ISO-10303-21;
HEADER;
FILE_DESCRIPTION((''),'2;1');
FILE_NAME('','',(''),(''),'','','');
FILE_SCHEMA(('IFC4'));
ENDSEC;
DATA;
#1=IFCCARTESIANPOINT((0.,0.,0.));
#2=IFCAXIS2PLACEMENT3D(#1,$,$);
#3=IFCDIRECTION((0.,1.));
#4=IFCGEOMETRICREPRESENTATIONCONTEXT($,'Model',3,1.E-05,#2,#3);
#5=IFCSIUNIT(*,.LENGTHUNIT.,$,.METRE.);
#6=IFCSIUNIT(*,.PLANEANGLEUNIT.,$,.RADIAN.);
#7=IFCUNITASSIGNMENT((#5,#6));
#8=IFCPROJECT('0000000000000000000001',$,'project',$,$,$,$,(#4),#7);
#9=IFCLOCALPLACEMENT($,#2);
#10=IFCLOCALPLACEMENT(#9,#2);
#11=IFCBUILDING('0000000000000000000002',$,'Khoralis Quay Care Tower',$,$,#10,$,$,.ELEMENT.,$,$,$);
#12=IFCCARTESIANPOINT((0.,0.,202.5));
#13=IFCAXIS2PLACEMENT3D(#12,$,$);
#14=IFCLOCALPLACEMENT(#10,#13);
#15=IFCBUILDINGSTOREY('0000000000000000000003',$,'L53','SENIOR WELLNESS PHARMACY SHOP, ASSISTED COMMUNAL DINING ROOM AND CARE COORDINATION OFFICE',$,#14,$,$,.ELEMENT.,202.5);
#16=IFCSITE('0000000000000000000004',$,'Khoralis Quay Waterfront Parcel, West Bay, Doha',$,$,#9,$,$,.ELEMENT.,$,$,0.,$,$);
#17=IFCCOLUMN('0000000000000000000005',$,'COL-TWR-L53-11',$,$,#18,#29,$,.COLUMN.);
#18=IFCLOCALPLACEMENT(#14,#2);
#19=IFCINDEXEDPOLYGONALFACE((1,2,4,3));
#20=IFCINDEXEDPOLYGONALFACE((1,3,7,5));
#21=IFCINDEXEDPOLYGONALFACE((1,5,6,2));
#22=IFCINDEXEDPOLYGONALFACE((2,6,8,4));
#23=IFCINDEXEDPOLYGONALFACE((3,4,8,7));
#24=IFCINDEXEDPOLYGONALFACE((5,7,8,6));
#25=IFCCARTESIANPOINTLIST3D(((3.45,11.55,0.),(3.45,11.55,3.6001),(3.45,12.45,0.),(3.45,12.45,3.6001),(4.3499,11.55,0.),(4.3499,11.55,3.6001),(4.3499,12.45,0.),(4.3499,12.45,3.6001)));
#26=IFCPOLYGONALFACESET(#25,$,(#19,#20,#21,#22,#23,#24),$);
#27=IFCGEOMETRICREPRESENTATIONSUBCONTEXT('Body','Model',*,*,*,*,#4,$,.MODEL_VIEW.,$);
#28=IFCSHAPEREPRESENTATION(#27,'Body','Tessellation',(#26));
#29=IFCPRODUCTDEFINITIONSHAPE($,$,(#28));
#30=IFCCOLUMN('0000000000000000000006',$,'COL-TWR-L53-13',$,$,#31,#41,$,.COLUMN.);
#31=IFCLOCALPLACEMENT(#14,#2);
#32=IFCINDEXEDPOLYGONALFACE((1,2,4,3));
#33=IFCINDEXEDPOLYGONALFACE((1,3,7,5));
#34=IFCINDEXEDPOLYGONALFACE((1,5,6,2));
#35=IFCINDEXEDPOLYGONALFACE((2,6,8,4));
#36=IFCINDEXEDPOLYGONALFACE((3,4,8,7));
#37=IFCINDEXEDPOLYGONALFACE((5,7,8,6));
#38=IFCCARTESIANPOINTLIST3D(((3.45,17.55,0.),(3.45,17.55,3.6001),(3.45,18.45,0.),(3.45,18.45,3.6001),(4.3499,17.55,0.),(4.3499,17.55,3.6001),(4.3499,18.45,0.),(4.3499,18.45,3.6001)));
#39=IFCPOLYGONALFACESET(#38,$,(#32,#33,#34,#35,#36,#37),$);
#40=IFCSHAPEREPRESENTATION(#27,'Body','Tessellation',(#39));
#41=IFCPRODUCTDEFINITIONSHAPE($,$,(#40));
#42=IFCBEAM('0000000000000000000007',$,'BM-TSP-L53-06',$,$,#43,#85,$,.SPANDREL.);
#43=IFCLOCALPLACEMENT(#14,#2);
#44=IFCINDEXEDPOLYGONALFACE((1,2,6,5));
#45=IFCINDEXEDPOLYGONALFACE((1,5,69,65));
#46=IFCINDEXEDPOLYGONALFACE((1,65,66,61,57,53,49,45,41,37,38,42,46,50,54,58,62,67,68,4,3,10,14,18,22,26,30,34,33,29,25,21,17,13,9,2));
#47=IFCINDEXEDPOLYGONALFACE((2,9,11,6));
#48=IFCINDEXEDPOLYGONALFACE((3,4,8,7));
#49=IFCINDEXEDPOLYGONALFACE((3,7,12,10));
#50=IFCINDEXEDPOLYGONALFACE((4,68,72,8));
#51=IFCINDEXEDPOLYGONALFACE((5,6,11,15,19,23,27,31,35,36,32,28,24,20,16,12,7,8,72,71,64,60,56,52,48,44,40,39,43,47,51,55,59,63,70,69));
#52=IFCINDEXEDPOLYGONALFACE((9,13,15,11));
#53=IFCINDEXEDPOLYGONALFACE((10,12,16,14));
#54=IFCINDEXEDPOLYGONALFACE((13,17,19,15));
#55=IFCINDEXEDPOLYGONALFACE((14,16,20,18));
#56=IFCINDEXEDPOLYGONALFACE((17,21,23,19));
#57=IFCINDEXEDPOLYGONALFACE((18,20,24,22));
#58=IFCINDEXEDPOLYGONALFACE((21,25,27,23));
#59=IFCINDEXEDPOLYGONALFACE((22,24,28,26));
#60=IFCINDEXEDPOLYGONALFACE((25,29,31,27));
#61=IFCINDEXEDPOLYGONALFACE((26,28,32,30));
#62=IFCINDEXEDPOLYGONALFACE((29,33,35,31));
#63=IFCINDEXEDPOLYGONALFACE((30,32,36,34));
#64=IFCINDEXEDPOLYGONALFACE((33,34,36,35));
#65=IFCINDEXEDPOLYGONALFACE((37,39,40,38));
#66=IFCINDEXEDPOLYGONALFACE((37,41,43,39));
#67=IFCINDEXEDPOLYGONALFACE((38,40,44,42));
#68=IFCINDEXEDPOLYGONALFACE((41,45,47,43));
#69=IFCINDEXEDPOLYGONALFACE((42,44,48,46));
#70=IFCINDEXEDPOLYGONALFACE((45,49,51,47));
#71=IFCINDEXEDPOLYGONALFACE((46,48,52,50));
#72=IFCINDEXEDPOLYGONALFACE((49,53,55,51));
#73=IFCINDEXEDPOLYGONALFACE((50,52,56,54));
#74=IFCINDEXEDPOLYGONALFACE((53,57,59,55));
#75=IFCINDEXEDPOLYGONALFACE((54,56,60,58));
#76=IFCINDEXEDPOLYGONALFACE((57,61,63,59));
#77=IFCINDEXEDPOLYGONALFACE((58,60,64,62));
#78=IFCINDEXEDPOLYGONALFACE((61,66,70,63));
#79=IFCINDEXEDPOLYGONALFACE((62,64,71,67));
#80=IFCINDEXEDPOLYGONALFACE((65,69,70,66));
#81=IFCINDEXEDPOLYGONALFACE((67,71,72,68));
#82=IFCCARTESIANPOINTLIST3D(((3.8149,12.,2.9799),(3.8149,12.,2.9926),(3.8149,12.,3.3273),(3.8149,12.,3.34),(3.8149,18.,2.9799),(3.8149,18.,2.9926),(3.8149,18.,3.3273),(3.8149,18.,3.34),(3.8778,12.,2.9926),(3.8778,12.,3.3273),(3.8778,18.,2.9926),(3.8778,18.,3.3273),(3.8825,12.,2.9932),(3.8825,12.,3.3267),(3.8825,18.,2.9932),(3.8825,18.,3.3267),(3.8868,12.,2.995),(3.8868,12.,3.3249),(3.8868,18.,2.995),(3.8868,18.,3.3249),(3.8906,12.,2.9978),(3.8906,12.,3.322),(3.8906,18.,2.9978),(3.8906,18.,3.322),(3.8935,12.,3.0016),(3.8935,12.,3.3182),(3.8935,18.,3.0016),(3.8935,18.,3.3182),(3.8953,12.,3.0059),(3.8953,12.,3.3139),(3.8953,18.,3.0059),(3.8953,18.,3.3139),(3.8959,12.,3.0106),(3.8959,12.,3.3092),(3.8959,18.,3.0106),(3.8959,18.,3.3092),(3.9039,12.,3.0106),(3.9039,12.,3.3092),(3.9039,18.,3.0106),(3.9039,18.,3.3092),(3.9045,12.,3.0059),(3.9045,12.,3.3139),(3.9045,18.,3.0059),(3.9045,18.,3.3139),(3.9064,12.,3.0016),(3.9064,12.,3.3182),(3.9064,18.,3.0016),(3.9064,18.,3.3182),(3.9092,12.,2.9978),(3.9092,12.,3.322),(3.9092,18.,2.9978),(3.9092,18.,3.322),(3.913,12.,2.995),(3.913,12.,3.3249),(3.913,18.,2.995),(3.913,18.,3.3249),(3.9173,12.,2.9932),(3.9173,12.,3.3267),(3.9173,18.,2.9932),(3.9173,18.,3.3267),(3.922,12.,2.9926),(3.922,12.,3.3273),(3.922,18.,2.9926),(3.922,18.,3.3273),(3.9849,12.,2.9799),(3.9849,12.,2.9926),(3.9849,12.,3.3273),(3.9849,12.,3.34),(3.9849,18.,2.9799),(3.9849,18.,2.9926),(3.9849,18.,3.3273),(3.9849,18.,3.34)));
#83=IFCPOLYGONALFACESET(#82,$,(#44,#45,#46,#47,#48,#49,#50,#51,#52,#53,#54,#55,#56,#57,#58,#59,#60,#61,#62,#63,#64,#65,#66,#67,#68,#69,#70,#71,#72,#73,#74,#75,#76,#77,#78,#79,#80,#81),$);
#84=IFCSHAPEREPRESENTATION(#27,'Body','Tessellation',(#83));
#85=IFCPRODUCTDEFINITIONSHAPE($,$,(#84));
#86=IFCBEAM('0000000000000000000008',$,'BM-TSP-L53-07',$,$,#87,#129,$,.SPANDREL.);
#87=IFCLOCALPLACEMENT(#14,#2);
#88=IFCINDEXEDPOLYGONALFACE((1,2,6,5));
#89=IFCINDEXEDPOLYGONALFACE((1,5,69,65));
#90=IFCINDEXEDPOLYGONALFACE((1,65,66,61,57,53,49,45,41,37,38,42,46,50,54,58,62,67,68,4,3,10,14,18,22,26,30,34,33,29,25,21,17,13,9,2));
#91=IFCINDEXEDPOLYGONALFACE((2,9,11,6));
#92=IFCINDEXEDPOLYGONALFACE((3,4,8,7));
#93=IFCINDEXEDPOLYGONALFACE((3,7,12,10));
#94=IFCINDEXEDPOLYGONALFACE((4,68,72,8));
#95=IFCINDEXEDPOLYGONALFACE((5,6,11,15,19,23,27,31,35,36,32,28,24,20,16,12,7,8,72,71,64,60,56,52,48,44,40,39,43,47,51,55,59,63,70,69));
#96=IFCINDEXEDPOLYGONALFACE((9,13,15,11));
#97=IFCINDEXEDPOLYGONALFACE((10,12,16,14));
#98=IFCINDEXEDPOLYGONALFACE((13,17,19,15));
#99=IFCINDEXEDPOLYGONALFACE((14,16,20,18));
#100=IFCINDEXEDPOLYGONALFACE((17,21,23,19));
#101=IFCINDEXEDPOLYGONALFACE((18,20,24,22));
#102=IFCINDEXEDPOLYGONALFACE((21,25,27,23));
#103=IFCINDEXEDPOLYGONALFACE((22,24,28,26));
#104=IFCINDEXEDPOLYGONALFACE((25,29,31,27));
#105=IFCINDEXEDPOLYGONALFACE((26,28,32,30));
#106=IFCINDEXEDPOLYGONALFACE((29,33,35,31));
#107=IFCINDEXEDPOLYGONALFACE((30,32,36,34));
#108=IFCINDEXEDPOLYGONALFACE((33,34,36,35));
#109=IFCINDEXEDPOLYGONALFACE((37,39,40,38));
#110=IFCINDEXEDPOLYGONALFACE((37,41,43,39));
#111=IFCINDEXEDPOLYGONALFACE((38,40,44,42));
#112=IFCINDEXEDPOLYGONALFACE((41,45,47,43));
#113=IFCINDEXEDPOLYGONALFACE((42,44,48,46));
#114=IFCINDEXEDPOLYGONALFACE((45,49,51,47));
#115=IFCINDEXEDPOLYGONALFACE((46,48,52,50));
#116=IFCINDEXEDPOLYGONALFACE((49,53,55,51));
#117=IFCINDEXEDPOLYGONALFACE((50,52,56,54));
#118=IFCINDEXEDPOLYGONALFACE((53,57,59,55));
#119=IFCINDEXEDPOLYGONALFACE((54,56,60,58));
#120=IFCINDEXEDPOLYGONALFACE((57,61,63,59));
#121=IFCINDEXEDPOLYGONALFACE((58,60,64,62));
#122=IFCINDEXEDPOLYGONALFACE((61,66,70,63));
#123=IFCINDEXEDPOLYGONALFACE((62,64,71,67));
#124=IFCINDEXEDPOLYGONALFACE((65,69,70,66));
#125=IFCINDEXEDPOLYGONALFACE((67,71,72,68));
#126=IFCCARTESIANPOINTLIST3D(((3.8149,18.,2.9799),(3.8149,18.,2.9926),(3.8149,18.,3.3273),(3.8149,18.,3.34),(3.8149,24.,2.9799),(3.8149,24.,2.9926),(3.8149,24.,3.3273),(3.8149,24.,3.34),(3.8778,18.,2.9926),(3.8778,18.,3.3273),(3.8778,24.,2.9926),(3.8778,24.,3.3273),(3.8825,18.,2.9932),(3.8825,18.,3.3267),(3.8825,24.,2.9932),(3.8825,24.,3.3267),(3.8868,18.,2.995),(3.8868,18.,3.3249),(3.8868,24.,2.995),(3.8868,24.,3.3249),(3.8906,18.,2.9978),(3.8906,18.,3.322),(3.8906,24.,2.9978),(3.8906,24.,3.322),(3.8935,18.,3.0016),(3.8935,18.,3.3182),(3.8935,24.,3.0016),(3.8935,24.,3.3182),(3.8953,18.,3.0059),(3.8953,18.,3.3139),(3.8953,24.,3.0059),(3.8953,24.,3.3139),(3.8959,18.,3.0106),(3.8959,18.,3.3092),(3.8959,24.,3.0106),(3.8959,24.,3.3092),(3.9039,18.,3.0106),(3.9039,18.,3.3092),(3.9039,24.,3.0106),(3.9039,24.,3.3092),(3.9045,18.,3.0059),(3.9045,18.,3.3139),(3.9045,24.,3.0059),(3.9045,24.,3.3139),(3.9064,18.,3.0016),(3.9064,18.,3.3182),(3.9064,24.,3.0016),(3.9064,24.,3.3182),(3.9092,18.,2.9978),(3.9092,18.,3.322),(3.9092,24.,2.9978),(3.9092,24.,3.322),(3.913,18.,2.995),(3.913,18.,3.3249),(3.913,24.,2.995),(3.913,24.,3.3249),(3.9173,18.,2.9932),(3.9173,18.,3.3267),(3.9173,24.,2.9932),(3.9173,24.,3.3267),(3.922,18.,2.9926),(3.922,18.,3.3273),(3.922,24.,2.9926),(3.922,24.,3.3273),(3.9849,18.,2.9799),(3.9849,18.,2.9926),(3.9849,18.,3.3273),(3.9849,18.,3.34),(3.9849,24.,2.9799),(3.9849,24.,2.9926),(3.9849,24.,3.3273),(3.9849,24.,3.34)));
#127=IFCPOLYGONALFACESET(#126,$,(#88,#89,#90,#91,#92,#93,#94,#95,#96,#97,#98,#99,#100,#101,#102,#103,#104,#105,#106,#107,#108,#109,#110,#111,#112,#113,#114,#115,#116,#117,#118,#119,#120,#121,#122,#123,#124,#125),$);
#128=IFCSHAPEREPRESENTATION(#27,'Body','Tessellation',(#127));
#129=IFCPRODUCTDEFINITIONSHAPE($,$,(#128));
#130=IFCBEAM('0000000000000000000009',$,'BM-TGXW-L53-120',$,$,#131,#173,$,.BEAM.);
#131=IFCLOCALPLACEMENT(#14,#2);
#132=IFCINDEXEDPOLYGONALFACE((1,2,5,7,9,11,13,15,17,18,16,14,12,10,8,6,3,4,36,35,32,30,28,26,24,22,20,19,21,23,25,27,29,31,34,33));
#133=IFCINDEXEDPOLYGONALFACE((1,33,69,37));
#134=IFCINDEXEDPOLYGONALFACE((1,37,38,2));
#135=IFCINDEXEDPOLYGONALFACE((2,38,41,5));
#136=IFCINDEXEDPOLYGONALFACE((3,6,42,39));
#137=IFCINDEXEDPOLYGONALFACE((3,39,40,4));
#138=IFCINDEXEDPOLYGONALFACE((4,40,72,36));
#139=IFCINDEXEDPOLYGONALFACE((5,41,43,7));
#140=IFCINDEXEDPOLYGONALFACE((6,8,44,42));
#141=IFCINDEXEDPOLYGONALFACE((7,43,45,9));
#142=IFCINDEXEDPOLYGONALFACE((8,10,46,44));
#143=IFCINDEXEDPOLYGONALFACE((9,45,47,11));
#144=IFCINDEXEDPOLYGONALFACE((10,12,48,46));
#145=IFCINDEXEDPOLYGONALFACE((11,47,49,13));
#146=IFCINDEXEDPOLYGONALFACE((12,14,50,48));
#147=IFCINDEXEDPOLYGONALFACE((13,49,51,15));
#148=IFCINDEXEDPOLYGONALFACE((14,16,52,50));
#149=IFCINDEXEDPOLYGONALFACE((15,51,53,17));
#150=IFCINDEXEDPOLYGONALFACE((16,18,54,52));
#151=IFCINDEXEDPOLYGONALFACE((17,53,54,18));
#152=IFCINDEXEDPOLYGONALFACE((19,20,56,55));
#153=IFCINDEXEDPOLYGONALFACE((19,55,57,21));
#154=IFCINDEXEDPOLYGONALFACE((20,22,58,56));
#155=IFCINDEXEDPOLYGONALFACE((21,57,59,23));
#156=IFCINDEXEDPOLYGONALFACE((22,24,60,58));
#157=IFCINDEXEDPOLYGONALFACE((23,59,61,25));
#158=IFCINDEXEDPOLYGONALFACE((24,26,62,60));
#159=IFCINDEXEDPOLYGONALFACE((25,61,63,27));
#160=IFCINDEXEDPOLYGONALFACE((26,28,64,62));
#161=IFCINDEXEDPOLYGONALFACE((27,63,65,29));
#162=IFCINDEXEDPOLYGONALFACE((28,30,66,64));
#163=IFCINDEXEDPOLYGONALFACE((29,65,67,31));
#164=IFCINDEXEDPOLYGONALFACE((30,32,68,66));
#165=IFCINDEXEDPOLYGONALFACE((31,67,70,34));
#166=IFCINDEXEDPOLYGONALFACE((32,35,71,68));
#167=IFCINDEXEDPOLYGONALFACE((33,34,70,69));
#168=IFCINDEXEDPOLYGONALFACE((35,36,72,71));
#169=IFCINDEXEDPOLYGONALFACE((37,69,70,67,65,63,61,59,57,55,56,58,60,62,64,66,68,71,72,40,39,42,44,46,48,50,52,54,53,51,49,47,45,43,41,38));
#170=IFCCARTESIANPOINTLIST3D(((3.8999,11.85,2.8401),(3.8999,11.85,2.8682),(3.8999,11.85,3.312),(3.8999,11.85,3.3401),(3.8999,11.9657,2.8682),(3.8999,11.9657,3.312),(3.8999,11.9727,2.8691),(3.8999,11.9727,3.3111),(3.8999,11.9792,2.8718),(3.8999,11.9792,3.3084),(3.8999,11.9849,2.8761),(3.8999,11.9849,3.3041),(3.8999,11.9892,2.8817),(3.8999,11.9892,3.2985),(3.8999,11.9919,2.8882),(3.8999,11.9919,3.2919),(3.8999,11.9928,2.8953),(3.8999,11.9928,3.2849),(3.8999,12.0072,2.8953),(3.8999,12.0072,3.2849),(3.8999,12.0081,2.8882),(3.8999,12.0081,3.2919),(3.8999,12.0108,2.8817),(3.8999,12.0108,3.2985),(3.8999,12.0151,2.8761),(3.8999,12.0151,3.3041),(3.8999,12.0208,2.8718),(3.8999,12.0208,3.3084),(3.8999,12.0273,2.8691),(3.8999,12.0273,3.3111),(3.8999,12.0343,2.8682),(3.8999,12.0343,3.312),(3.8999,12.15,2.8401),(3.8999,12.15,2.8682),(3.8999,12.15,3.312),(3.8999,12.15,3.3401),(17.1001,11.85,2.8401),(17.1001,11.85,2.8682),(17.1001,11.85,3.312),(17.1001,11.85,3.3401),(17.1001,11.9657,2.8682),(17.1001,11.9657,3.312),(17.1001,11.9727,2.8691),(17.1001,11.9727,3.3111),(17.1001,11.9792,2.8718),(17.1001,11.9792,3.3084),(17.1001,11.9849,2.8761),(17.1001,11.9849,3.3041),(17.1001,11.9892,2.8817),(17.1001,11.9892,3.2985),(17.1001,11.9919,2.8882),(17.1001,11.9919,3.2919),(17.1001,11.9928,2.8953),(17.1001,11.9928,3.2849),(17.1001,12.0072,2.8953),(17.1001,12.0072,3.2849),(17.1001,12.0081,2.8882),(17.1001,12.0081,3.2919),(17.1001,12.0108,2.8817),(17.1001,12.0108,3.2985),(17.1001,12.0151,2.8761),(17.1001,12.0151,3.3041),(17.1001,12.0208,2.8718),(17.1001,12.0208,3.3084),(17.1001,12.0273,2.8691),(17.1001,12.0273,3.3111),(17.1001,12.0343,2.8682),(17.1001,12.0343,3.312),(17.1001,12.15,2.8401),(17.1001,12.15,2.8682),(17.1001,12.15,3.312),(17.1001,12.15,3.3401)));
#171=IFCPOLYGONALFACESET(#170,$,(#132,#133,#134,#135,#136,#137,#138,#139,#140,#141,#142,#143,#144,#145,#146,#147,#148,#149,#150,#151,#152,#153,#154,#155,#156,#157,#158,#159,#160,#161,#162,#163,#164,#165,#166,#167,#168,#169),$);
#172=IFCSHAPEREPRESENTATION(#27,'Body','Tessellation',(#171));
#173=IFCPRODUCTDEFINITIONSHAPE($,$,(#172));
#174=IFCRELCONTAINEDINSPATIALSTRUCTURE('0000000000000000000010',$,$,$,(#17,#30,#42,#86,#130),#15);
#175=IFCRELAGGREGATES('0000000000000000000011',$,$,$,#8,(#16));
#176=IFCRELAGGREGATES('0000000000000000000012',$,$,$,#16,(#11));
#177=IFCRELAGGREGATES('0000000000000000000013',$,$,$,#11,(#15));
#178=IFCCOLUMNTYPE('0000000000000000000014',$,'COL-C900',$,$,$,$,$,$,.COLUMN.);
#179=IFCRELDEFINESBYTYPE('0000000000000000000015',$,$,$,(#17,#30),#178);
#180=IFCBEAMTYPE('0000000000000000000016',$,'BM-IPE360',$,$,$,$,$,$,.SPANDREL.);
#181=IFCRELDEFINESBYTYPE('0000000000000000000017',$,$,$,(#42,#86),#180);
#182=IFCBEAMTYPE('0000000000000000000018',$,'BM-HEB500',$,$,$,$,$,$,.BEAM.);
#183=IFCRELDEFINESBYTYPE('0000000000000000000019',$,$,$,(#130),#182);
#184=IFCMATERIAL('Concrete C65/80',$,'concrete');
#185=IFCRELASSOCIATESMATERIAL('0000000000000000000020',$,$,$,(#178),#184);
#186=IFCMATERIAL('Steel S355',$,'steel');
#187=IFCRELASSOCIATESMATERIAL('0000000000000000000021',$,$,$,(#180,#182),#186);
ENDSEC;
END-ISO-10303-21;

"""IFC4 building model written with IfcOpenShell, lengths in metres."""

from ifc_helpers import new_model, si_unit, direction, frame, origin, origin_2d, place, context, subcontext, project, spatial, rectangle, i_section, extrude, source, transform, mapped, material, material_profile, profile_set, type_object, element, save


model = new_model("IFC4")

# Units and contexts
model_context = context("Model", 3, precision=1e-05, world=origin(), true_north=direction((0.0, 1.0)))
body_context = subcontext(model_context, "Body", "Model", "MODEL_VIEW")
ifc_project = project(units=[si_unit("LENGTHUNIT", "METRE"), si_unit("PLANEANGLEUNIT", "RADIAN")], contexts=[model_context])

# Site, building, storey
site_placement = place(None, origin())
site = spatial("IfcSite", under=ifc_project, at=site_placement, Name="Khoralis Quay Waterfront Parcel, West Bay, Doha", CompositionType="ELEMENT", RefElevation=0.0)
building_placement = place(site_placement, origin())
building = spatial("IfcBuilding", under=site, at=building_placement, Name="Khoralis Quay Care Tower", CompositionType="ELEMENT")
storey_placement = place(building_placement, frame((0.0, 0.0, 202.5)))
storey = spatial("IfcBuildingStorey", under=building, at=storey_placement, Name="L53", Description="SENIOR WELLNESS PHARMACY SHOP, ASSISTED COMMUNAL DINING ROOM AND CARE COORDINATION OFFICE", CompositionType="ELEMENT", Elevation=202.5)

# Columns
ifc_material_1 = material(Name="Concrete C65/80", Category="concrete")
ifc_material_profile_1 = material_profile(ifc_material_1, rectangle(XDim=0.8999, YDim=0.8999, at=origin_2d()), Name="Concrete C65/80")
ifc_profile_set_1 = profile_set([ifc_material_profile_1], Name="Concrete C65/80")
column_type = type_object("IfcColumnType", Name="COL-C900", PredefinedType="COLUMN", material=ifc_profile_set_1)
shared_shape_1 = source(origin(), body_context, "Body", "SweptSolid", [
    extrude(rectangle(XDim=0.8999, YDim=0.8999, at=origin_2d()), origin(), (0.0, 0.0, 1.0), 3.6001),
])
for number, where, z_axis, x_axis, name in (
    (1, (3.8999, 12.0, 0.0), (0.0, 0.0, 1.0), (1.0, 0.0, 0.0), "COL-TWR-L53-11"),
    (2, (3.8999, 18.0, 0.0), (0.0, 0.0, 1.0), (1.0, 0.0, 0.0), "COL-TWR-L53-13"),
):
    element("IfcColumn", number, at=place(storey_placement, frame(where, z_axis=z_axis, x_axis=x_axis)), inside=storey, type_object=column_type, Name=name, PredefinedType="COLUMN", context=body_context, shape_type="MappedRepresentation", body=[
        mapped(shared_shape_1, transform((0.0, 0.0, 0.0), scale=1.0)),
    ])

# Beams
ifc_material_2 = material(Name="Steel S355", Category="steel")
ifc_material_profile_2 = material_profile(ifc_material_2, i_section(OverallWidth=0.1699, OverallDepth=0.3601, WebThickness=0.0081, FlangeThickness=0.0127, FilletRadius=0.0181, at=origin_2d()), Name="Steel S355")
ifc_profile_set_2 = profile_set([ifc_material_profile_2], Name="Steel S355")
beam_type_1 = type_object("IfcBeamType", Name="BM-IPE360", PredefinedType="SPANDREL", material=ifc_profile_set_2)
shared_shape_2 = source(origin(), body_context, "Body", "SweptSolid", [
    extrude(i_section(OverallWidth=0.1699, OverallDepth=0.3601, WebThickness=0.0081, FlangeThickness=0.0127, FilletRadius=0.0181, at=origin_2d()), origin(), (0.0, 0.0, 1.0), 6.0),
])
for number, where, z_axis, x_axis, name in (
    (3, (3.8999, 12.0, 3.1599), (0.0, 1.0, 0.0), (-1.0, 0.0, 0.0), "BM-TSP-L53-06"),
    (4, (3.8999, 18.0, 3.1599), (0.0, 1.0, 0.0), (-1.0, 0.0, 0.0), "BM-TSP-L53-07"),
):
    element("IfcBeam", number, at=place(storey_placement, frame(where, z_axis=z_axis, x_axis=x_axis)), inside=storey, type_object=beam_type_1, Name=name, PredefinedType="SPANDREL", context=body_context, shape_type="MappedRepresentation", body=[
        mapped(shared_shape_2, transform((0.0, 0.0, 0.0), scale=1.0)),
    ])
ifc_material_profile_3 = material_profile(ifc_material_2, i_section(OverallWidth=0.3, OverallDepth=0.5, WebThickness=0.0144, FlangeThickness=0.0281, FilletRadius=0.0271, at=origin_2d()), Name="Steel S355")
ifc_profile_set_3 = profile_set([ifc_material_profile_3], Name="Steel S355")
beam_type_2 = type_object("IfcBeamType", Name="BM-HEB500", PredefinedType="BEAM", material=ifc_profile_set_3)
shared_shape_3 = source(origin(), body_context, "Body", "SweptSolid", [
    extrude(i_section(OverallWidth=0.3, OverallDepth=0.5, WebThickness=0.0144, FlangeThickness=0.0281, FilletRadius=0.0271, at=origin_2d()), origin(), (0.0, 0.0, 1.0), 13.2002),
])
beam_1_placement = place(storey_placement, frame((3.8999, 12.0, 3.0901), z_axis=(1.0, 0.0, 0.0), x_axis=(0.0, 1.0, 0.0)))
element("IfcBeam", 5, at=beam_1_placement, inside=storey, type_object=beam_type_2, Name="BM-TGXW-L53-120", PredefinedType="BEAM", context=body_context, shape_type="MappedRepresentation", body=[
    mapped(shared_shape_3, transform((0.0, 0.0, 0.0), scale=1.0)),
])

save(model, "model.ifc")
